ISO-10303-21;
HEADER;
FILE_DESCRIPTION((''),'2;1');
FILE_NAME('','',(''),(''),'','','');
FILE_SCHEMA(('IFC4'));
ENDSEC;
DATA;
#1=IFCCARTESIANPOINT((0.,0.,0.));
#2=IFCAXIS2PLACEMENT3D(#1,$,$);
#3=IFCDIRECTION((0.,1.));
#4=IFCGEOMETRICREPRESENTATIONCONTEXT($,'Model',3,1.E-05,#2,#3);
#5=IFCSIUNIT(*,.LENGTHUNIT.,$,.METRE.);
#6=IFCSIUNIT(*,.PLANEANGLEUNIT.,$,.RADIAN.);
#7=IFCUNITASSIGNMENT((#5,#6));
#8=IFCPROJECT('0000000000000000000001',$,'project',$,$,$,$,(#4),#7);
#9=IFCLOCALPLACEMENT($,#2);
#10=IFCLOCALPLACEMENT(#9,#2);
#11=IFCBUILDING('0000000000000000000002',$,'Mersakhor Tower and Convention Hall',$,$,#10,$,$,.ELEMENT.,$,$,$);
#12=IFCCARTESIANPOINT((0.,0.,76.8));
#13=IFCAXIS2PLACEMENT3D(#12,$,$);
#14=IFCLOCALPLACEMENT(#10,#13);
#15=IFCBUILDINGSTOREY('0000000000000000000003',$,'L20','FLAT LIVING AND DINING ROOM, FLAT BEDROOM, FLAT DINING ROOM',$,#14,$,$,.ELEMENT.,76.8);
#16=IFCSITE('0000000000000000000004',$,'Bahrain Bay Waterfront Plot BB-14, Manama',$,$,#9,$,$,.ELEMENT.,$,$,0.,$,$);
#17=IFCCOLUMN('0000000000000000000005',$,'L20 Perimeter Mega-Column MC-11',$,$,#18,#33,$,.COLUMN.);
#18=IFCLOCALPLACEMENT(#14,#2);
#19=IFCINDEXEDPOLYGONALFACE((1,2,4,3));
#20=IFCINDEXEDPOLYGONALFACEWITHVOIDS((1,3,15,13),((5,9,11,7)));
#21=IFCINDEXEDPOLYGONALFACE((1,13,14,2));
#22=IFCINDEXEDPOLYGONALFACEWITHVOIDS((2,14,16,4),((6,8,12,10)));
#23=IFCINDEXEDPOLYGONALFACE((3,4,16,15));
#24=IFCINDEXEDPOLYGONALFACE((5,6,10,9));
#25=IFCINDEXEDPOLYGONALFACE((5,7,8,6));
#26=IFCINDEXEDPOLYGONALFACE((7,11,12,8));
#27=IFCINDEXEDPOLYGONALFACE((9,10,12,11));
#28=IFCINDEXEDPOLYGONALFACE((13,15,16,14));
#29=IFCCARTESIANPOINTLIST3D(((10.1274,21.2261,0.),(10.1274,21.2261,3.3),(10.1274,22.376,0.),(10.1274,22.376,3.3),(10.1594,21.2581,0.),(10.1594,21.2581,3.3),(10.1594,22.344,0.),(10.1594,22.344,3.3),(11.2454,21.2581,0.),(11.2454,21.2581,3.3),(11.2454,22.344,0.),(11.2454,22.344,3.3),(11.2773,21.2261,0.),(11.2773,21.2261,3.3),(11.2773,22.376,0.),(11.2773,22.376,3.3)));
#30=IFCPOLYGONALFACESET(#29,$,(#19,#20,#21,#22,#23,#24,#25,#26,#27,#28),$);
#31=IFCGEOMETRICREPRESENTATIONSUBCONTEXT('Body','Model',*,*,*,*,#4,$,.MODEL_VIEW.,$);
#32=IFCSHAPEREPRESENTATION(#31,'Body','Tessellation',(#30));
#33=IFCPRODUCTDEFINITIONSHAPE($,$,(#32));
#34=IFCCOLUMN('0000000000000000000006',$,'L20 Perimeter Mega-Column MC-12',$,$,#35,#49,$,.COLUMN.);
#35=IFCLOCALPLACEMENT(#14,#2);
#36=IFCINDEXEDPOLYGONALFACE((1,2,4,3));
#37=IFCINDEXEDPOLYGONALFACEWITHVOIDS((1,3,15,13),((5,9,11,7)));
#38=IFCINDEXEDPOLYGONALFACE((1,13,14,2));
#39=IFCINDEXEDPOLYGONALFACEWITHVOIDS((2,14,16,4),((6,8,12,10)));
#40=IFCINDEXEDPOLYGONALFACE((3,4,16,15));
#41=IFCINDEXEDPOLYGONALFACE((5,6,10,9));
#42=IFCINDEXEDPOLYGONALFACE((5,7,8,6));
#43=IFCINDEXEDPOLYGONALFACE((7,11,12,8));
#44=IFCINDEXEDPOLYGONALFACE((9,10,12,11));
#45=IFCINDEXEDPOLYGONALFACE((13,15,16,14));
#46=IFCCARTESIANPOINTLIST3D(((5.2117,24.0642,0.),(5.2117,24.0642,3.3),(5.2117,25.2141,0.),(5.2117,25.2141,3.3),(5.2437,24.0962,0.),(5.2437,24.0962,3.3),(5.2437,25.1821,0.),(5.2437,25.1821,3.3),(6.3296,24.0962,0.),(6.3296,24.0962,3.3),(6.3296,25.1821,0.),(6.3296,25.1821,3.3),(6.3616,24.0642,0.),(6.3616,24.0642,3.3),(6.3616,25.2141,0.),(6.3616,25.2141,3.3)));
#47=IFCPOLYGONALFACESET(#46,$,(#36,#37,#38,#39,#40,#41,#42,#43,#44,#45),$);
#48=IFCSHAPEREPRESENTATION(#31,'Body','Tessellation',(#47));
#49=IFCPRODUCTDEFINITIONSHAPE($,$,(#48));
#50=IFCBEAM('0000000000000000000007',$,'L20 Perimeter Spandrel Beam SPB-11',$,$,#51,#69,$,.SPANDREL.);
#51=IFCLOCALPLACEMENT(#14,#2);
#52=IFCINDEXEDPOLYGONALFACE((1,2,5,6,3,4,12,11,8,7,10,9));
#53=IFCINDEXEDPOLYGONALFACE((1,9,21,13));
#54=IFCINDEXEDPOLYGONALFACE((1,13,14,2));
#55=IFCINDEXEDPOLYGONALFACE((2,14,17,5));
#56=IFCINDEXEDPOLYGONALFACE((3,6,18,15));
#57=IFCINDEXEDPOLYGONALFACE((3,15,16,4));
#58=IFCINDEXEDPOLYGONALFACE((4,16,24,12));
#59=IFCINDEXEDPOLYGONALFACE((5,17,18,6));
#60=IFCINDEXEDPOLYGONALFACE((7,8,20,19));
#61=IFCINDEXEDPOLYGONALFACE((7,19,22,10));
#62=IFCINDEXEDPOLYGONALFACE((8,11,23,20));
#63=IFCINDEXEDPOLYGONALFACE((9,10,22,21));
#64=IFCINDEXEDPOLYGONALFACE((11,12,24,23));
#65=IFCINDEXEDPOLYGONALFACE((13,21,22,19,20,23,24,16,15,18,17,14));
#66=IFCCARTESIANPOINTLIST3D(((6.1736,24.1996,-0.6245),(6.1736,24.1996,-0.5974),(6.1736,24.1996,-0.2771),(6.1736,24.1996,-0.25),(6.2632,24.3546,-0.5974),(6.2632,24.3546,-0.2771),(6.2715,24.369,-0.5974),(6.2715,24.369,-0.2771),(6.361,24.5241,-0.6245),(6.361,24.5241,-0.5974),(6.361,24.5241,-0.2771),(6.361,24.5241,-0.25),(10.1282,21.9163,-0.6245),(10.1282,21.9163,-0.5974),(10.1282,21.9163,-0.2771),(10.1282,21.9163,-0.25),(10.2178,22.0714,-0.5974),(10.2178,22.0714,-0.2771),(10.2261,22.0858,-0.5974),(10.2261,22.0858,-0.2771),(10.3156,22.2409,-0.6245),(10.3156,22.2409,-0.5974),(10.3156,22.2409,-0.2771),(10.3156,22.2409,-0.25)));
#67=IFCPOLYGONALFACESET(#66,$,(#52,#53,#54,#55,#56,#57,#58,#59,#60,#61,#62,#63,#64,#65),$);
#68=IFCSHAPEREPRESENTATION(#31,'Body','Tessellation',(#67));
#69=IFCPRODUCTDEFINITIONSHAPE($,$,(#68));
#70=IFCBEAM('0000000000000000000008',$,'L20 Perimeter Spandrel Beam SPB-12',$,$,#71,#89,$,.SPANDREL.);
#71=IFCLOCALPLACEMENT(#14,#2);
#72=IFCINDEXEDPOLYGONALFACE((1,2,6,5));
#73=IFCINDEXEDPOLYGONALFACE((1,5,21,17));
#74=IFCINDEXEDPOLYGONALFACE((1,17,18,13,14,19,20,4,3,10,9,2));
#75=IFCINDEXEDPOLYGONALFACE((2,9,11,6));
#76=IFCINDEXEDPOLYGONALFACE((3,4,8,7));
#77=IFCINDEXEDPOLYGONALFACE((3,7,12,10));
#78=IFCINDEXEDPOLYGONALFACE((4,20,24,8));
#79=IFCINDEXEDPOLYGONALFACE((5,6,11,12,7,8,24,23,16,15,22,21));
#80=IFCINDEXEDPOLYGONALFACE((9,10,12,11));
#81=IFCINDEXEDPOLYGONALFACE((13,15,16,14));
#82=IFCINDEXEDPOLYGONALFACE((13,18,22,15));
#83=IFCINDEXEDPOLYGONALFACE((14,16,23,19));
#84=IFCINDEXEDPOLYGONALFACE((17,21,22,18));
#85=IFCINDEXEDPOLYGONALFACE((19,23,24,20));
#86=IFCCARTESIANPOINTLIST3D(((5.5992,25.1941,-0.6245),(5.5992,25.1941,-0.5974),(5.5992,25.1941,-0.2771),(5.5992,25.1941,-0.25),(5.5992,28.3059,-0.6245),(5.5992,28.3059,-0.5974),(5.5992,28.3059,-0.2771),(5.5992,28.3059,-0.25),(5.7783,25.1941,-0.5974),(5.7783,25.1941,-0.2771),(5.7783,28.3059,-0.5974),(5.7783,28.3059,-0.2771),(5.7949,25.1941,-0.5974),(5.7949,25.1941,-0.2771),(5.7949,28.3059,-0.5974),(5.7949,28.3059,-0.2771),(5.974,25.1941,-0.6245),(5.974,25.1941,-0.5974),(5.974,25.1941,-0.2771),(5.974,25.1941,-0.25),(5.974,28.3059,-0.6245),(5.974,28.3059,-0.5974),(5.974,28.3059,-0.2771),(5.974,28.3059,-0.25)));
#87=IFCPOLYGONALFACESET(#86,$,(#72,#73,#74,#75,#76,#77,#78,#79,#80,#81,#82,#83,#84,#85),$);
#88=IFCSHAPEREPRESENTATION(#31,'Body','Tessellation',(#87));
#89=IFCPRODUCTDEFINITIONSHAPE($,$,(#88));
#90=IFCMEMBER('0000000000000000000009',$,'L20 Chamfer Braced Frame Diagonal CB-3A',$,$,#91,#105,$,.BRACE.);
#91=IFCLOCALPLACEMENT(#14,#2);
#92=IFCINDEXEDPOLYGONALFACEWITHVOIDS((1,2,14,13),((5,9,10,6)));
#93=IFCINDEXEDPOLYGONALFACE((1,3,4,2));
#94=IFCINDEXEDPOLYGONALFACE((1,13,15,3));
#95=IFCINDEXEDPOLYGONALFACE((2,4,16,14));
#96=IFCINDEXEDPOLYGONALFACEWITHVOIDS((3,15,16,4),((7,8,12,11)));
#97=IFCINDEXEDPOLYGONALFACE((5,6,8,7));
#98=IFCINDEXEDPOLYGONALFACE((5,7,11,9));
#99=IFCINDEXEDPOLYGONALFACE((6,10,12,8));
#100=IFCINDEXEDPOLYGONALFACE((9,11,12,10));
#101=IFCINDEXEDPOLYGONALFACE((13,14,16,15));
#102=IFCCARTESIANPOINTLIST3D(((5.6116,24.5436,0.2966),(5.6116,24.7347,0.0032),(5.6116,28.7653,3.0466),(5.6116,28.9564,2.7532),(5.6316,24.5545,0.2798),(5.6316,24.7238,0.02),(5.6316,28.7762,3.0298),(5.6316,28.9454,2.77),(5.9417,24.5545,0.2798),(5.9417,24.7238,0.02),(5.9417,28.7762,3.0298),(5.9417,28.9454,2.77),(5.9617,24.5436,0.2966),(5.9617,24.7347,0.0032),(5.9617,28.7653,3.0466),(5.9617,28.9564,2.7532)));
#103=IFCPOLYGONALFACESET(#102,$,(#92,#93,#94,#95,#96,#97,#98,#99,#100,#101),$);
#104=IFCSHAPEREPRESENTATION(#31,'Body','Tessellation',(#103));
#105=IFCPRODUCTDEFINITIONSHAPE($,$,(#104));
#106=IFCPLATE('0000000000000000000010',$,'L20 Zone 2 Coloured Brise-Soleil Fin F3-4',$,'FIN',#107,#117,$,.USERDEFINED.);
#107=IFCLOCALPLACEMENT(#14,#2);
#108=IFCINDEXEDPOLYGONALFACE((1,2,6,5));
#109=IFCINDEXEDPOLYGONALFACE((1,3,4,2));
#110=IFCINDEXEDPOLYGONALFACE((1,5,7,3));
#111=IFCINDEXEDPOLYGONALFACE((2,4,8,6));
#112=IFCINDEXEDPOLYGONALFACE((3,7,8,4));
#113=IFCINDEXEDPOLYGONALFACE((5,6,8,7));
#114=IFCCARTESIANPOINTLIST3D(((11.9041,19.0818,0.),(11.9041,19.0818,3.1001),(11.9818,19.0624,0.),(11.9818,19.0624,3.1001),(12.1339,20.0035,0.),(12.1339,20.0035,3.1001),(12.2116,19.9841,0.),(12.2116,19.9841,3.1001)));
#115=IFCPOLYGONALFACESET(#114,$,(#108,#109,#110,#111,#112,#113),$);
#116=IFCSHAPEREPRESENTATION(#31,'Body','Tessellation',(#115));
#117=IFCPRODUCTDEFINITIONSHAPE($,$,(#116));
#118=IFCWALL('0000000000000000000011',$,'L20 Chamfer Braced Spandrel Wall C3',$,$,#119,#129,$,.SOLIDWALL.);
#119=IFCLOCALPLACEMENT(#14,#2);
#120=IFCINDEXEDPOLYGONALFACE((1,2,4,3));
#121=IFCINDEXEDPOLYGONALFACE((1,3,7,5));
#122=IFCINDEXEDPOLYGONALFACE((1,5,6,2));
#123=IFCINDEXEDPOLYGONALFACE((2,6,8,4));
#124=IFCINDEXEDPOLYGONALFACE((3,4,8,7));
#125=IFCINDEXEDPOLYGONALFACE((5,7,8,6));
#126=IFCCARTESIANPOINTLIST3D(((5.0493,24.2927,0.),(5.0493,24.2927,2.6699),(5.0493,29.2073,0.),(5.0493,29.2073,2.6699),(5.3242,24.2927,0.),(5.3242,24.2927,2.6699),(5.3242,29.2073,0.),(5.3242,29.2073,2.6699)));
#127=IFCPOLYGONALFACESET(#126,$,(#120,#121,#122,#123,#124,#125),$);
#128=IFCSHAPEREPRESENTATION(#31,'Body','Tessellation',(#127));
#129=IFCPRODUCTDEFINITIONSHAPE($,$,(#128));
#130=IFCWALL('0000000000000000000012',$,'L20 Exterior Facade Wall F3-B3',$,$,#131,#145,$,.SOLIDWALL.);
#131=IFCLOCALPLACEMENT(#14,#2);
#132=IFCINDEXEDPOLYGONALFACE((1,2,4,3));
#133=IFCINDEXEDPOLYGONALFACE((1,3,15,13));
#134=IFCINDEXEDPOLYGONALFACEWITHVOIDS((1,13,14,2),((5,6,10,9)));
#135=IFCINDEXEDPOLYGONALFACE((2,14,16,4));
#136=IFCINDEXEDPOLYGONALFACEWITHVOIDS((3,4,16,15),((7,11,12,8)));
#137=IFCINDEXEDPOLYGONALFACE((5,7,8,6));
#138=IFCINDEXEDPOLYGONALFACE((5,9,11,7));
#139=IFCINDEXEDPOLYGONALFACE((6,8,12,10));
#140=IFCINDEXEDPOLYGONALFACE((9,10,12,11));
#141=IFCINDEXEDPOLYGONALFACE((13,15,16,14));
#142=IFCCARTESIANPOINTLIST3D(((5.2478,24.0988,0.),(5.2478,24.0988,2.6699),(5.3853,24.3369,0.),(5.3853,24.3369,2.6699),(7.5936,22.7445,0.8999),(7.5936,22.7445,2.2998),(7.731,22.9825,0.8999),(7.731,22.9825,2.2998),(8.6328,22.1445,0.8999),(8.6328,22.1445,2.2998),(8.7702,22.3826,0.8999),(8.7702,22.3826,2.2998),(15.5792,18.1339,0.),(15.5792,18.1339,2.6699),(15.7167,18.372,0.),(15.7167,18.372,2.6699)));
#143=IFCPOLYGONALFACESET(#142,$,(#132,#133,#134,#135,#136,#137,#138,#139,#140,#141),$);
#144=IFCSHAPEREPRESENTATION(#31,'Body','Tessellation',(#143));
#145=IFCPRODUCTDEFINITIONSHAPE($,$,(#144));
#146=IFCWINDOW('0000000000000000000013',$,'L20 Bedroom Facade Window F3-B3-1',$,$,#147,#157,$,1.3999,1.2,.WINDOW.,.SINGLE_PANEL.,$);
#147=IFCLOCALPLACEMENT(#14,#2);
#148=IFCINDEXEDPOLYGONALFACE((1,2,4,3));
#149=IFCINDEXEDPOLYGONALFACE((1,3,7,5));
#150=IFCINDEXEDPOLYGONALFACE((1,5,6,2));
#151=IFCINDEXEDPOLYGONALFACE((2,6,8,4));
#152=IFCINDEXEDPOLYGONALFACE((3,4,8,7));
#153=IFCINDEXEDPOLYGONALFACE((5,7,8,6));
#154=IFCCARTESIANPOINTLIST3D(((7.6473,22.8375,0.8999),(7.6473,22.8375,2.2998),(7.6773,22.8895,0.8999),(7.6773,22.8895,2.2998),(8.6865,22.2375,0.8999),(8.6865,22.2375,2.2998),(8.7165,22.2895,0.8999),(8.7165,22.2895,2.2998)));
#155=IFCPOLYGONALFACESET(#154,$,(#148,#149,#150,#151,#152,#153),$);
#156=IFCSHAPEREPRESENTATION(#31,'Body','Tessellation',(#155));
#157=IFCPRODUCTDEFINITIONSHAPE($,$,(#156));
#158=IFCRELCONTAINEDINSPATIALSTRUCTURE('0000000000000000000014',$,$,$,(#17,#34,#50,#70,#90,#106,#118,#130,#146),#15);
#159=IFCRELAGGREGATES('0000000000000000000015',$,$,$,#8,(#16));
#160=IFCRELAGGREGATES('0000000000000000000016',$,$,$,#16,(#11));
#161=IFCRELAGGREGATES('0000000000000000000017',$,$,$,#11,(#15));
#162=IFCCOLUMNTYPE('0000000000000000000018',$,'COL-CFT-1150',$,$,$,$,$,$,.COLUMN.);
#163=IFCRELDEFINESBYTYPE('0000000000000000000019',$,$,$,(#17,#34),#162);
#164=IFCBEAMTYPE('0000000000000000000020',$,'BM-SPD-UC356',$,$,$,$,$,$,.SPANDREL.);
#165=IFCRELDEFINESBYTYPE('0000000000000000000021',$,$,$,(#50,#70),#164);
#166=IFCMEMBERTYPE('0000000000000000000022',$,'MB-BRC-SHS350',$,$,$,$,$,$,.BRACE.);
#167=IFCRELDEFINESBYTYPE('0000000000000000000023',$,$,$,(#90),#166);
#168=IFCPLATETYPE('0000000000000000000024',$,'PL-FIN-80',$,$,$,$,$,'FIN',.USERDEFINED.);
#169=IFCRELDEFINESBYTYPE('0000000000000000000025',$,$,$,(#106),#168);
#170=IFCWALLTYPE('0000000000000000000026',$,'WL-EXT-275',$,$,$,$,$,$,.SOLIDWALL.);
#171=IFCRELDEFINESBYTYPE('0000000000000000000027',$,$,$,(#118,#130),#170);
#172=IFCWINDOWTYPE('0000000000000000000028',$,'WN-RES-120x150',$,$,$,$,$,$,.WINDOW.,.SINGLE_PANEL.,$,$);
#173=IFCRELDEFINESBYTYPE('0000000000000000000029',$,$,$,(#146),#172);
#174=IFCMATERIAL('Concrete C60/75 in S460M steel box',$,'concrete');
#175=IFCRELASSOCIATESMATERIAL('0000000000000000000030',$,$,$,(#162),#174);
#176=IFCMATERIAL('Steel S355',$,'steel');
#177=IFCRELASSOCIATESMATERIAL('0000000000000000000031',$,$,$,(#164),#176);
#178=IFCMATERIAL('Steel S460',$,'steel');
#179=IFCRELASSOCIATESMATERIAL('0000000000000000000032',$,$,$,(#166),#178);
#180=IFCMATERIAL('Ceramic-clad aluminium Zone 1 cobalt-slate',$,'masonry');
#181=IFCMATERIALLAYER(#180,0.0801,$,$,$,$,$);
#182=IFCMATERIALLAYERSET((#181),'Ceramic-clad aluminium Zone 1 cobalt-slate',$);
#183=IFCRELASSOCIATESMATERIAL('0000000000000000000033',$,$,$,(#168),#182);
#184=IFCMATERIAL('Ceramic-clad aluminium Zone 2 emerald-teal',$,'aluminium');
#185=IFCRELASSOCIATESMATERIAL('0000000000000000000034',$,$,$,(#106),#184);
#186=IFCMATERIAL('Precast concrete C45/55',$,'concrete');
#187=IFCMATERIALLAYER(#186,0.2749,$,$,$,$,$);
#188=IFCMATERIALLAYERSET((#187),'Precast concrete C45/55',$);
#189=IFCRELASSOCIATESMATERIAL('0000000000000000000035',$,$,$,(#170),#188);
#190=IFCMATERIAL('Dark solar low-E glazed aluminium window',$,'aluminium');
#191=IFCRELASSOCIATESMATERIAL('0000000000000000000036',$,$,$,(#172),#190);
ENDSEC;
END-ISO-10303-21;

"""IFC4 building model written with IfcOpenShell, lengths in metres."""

from ifc_helpers import new_model, si_unit, direction, frame, frame_2d, origin, origin_2d, place, context, subcontext, project, spatial, rectangle, hollow_rectangle, i_section, extrude, material, layer, layer_set, material_profile, profile_set, type_object, element, fill, save


model = new_model("IFC4")

# Units and contexts
model_context = context("Model", 3, precision=1e-05, world=origin(), true_north=direction((0.0, 1.0)))
body_context = subcontext(model_context, "Body", "Model", "MODEL_VIEW")
ifc_project = project(units=[si_unit("LENGTHUNIT", "METRE"), si_unit("PLANEANGLEUNIT", "RADIAN")], contexts=[model_context])

# Site, building, storey
site_placement = place(None, origin())
site = spatial("IfcSite", under=ifc_project, at=site_placement, Name="Bahrain Bay Waterfront Plot BB-14, Manama", CompositionType="ELEMENT", RefElevation=0.0)
building_placement = place(site_placement, origin())
building = spatial("IfcBuilding", under=site, at=building_placement, Name="Mersakhor Tower and Convention Hall", CompositionType="ELEMENT")
storey_placement = place(building_placement, frame((0.0, 0.0, 76.8)))
storey = spatial("IfcBuildingStorey", under=building, at=storey_placement, Name="L20", Description="FLAT LIVING AND DINING ROOM, FLAT BEDROOM, FLAT DINING ROOM", CompositionType="ELEMENT", Elevation=76.8)

# Columns
ifc_material_1 = material(Name="Concrete C60/75 in S460M steel box", Category="concrete")
ifc_material_profile_1 = material_profile(ifc_material_1, hollow_rectangle(XDim=1.1499, YDim=1.1499, WallThickness=0.032, at=origin_2d()), Name="SHS 1150x1150x32")
ifc_profile_set_1 = profile_set([ifc_material_profile_1], Name="Concrete C60/75 in S460M steel box")
column_type = type_object("IfcColumnType", Name="COL-CFT-1150", PredefinedType="COLUMN", material=ifc_profile_set_1)
for number, where, z_axis, x_axis, name in (
    (1, (10.7024, 21.801, 0.0), (0.0, 0.0, 1.0), (1.0, 0.0, 0.0), "L20 Perimeter Mega-Column MC-11"),
    (2, (5.7866, 24.6392, 0.0), (0.0, 0.0, 1.0), (1.0, 0.0, 0.0), "L20 Perimeter Mega-Column MC-12"),
):
    element("IfcColumn", number, at=place(storey_placement, frame(where, z_axis=z_axis, x_axis=x_axis)), inside=storey, type_object=column_type, Name=name, PredefinedType="COLUMN", context=body_context, shape_type="SweptSolid", body=[
        extrude(hollow_rectangle(XDim=1.1499, YDim=1.1499, WallThickness=0.032, at=origin_2d()), origin(), (0.0, 0.0, 1.0), 3.3),
    ])

# Beams
ifc_material_2 = material(Name="Steel S355", Category="steel")
ifc_material_profile_2 = material_profile(ifc_material_2, i_section(OverallWidth=0.3748, OverallDepth=0.3745, WebThickness=0.0166, FlangeThickness=0.0271, at=origin_2d()), Name="UC 356x368x202")
ifc_profile_set_2 = profile_set([ifc_material_profile_2], Name="Steel S355")
beam_type = type_object("IfcBeamType", Name="BM-SPD-UC356", PredefinedType="SPANDREL", material=ifc_profile_set_2)
beam_1_placement = place(storey_placement, frame((10.2219, 22.0786, -0.4373), z_axis=(-0.866024, 0.500003, 0.0), x_axis=(-0.500003, -0.866024, 0.0)))
element("IfcBeam", 3, at=beam_1_placement, inside=storey, type_object=beam_type, Name="L20 Perimeter Spandrel Beam SPB-11", PredefinedType="SPANDREL", context=body_context, shape_type="SweptSolid", body=[
    extrude(i_section(OverallWidth=0.3748, OverallDepth=0.3745, WebThickness=0.0166, FlangeThickness=0.0271, at=origin_2d()), origin(), (0.0, 0.0, 1.0), 4.5664),
])
beam_2_placement = place(storey_placement, frame((5.7866, 25.1941, -0.4373), z_axis=(0.0, 1.0, 0.0), x_axis=(-1.0, 0.0, 0.0)))
element("IfcBeam", 4, at=beam_2_placement, inside=storey, type_object=beam_type, Name="L20 Perimeter Spandrel Beam SPB-12", PredefinedType="SPANDREL", context=body_context, shape_type="SweptSolid", body=[
    extrude(i_section(OverallWidth=0.3748, OverallDepth=0.3745, WebThickness=0.0166, FlangeThickness=0.0271, at=origin_2d()), origin(), (0.0, 0.0, 1.0), 3.1118),
])

# Member
ifc_material_3 = material(Name="Steel S460", Category="steel")
ifc_material_profile_3 = material_profile(ifc_material_3, hollow_rectangle(XDim=0.3501, YDim=0.3501, WallThickness=0.02, at=origin_2d()), Name="SHS 350x350x20")
ifc_profile_set_3 = profile_set([ifc_material_profile_3], Name="Steel S460")
member_type = type_object("IfcMemberType", Name="MB-BRC-SHS350", PredefinedType="BRACE", material=ifc_profile_set_3)
member_placement = place(storey_placement, frame((5.7866, 24.6392, 0.1499), z_axis=(0.0, 0.837907, 0.545812), x_axis=(-1.0, 0.0, 0.0)))
element("IfcMember", 5, at=member_placement, inside=storey, type_object=member_type, Name="L20 Chamfer Braced Frame Diagonal CB-3A", PredefinedType="BRACE", context=body_context, shape_type="SweptSolid", body=[
    extrude(hollow_rectangle(XDim=0.3501, YDim=0.3501, WallThickness=0.02, at=origin_2d()), origin(), (0.0, 0.0, 1.0), 5.0383),
])

# Plate
ifc_material_4 = material(Name="Ceramic-clad aluminium Zone 2 emerald-teal", Category="aluminium")
ifc_material_5 = material(Name="Ceramic-clad aluminium Zone 1 cobalt-slate", Category="masonry")
ifc_layer_1 = layer(ifc_material_5, 0.0801)
ifc_layer_set_1 = layer_set([ifc_layer_1], Name="Ceramic-clad aluminium Zone 1 cobalt-slate")
plate_type = type_object("IfcPlateType", Name="PL-FIN-80", ElementType="FIN", PredefinedType="USERDEFINED", material=ifc_layer_set_1)
plate_placement = place(storey_placement, frame((12.0579, 19.533, 0.0), z_axis=(0.0, 0.0, 1.0), x_axis=(-0.241922, -0.970296, 0.0)))
element("IfcPlate", 6, at=plate_placement, inside=storey, type_object=plate_type, material=ifc_material_4, Name="L20 Zone 2 Coloured Brise-Soleil Fin F3-4", ObjectType="FIN", PredefinedType="USERDEFINED", context=body_context, shape_type="SweptSolid", body=[
    extrude(rectangle(XDim=0.95, YDim=0.0801, at=origin_2d()), origin(), (0.0, 0.0, 1.0), 3.1001),
])

# Wall
ifc_material_6 = material(Name="Precast concrete C45/55", Category="concrete")
ifc_layer_2 = layer(ifc_material_6, 0.2749)
ifc_layer_set_2 = layer_set([ifc_layer_2], Name="Precast concrete C45/55")
wall_type_1 = type_object("IfcWallType", Name="WL-EXT-275", PredefinedType="SOLIDWALL", material=ifc_layer_set_2)
wall_1_placement = place(storey_placement, frame((5.1868, 24.2927, 0.0), z_axis=(0.0, 0.0, 1.0), x_axis=(0.0, 1.0, 0.0)))
element("IfcWall", 7, at=wall_1_placement, inside=storey, type_object=wall_type_1, Name="L20 Chamfer Braced Spandrel Wall C3", PredefinedType="SOLIDWALL", context=body_context, shape_type="SweptSolid", body=[
    extrude(rectangle(XDim=4.9146, YDim=0.2749, at=frame_2d((2.4573, 0.0))), origin(), (0.0, 0.0, 1.0), 2.6699),
])

# Wall, opening, window
wall_2_placement = place(storey_placement, frame((15.6479, 18.2529, 0.0), z_axis=(0.0, 0.0, 1.0), x_axis=(-0.866023, 0.500004, 0.0)))
wall_2 = element("IfcWall", 8, at=wall_2_placement, inside=storey, type_object=wall_type_1, Name="L20 Exterior Facade Wall F3-B3", PredefinedType="SOLIDWALL", context=body_context, shape_type="SweptSolid", body=[
    extrude(rectangle(XDim=11.9297, YDim=0.2749, at=frame_2d((5.9648, 0.0))), origin(), (0.0, 0.0, 1.0), 2.6699),
])
opening_1_placement = place(wall_2_placement, frame((8.021, 0.0, 0.8999)))
opening_1 = element("IfcOpeningElement", 9, at=opening_1_placement, cuts=wall_2, PredefinedType="OPENING", context=body_context, shape_type="SweptSolid", body=[
    extrude(rectangle(XDim=1.2, YDim=1.3999, at=frame_2d((0.6001, 0.7))), frame((0.0, 0.1475, 0.0), z_axis=(0.0, -1.0, 0.0), x_axis=(1.0, 0.0, 0.0)), (0.0, 0.0, 1.0), 0.2949),
])
ifc_material_7 = material(Name="Dark solar low-E glazed aluminium window", Category="aluminium")
window_type = type_object("IfcWindowType", Name="WN-RES-120x150", PartitioningType="SINGLE_PANEL", PredefinedType="WINDOW", material=ifc_material_7)
window_placement = place(opening_1_placement, origin())
window = element("IfcWindow", 10, at=window_placement, inside=storey, type_object=window_type, Name="L20 Bedroom Facade Window F3-B3-1", OverallHeight=1.3999, OverallWidth=1.2, PartitioningType="SINGLE_PANEL", PredefinedType="WINDOW", context=body_context, shape_type="SweptSolid", body=[
    extrude(rectangle(XDim=1.2, YDim=1.3999, at=frame_2d((0.6001, 0.7))), frame((0.0, 0.03, 0.0), z_axis=(0.0, -1.0, 0.0), x_axis=(1.0, 0.0, 0.0)), (0.0, 0.0, 1.0), 0.0601),
])
fill(opening_1, window)

save(model, "model.ifc")
